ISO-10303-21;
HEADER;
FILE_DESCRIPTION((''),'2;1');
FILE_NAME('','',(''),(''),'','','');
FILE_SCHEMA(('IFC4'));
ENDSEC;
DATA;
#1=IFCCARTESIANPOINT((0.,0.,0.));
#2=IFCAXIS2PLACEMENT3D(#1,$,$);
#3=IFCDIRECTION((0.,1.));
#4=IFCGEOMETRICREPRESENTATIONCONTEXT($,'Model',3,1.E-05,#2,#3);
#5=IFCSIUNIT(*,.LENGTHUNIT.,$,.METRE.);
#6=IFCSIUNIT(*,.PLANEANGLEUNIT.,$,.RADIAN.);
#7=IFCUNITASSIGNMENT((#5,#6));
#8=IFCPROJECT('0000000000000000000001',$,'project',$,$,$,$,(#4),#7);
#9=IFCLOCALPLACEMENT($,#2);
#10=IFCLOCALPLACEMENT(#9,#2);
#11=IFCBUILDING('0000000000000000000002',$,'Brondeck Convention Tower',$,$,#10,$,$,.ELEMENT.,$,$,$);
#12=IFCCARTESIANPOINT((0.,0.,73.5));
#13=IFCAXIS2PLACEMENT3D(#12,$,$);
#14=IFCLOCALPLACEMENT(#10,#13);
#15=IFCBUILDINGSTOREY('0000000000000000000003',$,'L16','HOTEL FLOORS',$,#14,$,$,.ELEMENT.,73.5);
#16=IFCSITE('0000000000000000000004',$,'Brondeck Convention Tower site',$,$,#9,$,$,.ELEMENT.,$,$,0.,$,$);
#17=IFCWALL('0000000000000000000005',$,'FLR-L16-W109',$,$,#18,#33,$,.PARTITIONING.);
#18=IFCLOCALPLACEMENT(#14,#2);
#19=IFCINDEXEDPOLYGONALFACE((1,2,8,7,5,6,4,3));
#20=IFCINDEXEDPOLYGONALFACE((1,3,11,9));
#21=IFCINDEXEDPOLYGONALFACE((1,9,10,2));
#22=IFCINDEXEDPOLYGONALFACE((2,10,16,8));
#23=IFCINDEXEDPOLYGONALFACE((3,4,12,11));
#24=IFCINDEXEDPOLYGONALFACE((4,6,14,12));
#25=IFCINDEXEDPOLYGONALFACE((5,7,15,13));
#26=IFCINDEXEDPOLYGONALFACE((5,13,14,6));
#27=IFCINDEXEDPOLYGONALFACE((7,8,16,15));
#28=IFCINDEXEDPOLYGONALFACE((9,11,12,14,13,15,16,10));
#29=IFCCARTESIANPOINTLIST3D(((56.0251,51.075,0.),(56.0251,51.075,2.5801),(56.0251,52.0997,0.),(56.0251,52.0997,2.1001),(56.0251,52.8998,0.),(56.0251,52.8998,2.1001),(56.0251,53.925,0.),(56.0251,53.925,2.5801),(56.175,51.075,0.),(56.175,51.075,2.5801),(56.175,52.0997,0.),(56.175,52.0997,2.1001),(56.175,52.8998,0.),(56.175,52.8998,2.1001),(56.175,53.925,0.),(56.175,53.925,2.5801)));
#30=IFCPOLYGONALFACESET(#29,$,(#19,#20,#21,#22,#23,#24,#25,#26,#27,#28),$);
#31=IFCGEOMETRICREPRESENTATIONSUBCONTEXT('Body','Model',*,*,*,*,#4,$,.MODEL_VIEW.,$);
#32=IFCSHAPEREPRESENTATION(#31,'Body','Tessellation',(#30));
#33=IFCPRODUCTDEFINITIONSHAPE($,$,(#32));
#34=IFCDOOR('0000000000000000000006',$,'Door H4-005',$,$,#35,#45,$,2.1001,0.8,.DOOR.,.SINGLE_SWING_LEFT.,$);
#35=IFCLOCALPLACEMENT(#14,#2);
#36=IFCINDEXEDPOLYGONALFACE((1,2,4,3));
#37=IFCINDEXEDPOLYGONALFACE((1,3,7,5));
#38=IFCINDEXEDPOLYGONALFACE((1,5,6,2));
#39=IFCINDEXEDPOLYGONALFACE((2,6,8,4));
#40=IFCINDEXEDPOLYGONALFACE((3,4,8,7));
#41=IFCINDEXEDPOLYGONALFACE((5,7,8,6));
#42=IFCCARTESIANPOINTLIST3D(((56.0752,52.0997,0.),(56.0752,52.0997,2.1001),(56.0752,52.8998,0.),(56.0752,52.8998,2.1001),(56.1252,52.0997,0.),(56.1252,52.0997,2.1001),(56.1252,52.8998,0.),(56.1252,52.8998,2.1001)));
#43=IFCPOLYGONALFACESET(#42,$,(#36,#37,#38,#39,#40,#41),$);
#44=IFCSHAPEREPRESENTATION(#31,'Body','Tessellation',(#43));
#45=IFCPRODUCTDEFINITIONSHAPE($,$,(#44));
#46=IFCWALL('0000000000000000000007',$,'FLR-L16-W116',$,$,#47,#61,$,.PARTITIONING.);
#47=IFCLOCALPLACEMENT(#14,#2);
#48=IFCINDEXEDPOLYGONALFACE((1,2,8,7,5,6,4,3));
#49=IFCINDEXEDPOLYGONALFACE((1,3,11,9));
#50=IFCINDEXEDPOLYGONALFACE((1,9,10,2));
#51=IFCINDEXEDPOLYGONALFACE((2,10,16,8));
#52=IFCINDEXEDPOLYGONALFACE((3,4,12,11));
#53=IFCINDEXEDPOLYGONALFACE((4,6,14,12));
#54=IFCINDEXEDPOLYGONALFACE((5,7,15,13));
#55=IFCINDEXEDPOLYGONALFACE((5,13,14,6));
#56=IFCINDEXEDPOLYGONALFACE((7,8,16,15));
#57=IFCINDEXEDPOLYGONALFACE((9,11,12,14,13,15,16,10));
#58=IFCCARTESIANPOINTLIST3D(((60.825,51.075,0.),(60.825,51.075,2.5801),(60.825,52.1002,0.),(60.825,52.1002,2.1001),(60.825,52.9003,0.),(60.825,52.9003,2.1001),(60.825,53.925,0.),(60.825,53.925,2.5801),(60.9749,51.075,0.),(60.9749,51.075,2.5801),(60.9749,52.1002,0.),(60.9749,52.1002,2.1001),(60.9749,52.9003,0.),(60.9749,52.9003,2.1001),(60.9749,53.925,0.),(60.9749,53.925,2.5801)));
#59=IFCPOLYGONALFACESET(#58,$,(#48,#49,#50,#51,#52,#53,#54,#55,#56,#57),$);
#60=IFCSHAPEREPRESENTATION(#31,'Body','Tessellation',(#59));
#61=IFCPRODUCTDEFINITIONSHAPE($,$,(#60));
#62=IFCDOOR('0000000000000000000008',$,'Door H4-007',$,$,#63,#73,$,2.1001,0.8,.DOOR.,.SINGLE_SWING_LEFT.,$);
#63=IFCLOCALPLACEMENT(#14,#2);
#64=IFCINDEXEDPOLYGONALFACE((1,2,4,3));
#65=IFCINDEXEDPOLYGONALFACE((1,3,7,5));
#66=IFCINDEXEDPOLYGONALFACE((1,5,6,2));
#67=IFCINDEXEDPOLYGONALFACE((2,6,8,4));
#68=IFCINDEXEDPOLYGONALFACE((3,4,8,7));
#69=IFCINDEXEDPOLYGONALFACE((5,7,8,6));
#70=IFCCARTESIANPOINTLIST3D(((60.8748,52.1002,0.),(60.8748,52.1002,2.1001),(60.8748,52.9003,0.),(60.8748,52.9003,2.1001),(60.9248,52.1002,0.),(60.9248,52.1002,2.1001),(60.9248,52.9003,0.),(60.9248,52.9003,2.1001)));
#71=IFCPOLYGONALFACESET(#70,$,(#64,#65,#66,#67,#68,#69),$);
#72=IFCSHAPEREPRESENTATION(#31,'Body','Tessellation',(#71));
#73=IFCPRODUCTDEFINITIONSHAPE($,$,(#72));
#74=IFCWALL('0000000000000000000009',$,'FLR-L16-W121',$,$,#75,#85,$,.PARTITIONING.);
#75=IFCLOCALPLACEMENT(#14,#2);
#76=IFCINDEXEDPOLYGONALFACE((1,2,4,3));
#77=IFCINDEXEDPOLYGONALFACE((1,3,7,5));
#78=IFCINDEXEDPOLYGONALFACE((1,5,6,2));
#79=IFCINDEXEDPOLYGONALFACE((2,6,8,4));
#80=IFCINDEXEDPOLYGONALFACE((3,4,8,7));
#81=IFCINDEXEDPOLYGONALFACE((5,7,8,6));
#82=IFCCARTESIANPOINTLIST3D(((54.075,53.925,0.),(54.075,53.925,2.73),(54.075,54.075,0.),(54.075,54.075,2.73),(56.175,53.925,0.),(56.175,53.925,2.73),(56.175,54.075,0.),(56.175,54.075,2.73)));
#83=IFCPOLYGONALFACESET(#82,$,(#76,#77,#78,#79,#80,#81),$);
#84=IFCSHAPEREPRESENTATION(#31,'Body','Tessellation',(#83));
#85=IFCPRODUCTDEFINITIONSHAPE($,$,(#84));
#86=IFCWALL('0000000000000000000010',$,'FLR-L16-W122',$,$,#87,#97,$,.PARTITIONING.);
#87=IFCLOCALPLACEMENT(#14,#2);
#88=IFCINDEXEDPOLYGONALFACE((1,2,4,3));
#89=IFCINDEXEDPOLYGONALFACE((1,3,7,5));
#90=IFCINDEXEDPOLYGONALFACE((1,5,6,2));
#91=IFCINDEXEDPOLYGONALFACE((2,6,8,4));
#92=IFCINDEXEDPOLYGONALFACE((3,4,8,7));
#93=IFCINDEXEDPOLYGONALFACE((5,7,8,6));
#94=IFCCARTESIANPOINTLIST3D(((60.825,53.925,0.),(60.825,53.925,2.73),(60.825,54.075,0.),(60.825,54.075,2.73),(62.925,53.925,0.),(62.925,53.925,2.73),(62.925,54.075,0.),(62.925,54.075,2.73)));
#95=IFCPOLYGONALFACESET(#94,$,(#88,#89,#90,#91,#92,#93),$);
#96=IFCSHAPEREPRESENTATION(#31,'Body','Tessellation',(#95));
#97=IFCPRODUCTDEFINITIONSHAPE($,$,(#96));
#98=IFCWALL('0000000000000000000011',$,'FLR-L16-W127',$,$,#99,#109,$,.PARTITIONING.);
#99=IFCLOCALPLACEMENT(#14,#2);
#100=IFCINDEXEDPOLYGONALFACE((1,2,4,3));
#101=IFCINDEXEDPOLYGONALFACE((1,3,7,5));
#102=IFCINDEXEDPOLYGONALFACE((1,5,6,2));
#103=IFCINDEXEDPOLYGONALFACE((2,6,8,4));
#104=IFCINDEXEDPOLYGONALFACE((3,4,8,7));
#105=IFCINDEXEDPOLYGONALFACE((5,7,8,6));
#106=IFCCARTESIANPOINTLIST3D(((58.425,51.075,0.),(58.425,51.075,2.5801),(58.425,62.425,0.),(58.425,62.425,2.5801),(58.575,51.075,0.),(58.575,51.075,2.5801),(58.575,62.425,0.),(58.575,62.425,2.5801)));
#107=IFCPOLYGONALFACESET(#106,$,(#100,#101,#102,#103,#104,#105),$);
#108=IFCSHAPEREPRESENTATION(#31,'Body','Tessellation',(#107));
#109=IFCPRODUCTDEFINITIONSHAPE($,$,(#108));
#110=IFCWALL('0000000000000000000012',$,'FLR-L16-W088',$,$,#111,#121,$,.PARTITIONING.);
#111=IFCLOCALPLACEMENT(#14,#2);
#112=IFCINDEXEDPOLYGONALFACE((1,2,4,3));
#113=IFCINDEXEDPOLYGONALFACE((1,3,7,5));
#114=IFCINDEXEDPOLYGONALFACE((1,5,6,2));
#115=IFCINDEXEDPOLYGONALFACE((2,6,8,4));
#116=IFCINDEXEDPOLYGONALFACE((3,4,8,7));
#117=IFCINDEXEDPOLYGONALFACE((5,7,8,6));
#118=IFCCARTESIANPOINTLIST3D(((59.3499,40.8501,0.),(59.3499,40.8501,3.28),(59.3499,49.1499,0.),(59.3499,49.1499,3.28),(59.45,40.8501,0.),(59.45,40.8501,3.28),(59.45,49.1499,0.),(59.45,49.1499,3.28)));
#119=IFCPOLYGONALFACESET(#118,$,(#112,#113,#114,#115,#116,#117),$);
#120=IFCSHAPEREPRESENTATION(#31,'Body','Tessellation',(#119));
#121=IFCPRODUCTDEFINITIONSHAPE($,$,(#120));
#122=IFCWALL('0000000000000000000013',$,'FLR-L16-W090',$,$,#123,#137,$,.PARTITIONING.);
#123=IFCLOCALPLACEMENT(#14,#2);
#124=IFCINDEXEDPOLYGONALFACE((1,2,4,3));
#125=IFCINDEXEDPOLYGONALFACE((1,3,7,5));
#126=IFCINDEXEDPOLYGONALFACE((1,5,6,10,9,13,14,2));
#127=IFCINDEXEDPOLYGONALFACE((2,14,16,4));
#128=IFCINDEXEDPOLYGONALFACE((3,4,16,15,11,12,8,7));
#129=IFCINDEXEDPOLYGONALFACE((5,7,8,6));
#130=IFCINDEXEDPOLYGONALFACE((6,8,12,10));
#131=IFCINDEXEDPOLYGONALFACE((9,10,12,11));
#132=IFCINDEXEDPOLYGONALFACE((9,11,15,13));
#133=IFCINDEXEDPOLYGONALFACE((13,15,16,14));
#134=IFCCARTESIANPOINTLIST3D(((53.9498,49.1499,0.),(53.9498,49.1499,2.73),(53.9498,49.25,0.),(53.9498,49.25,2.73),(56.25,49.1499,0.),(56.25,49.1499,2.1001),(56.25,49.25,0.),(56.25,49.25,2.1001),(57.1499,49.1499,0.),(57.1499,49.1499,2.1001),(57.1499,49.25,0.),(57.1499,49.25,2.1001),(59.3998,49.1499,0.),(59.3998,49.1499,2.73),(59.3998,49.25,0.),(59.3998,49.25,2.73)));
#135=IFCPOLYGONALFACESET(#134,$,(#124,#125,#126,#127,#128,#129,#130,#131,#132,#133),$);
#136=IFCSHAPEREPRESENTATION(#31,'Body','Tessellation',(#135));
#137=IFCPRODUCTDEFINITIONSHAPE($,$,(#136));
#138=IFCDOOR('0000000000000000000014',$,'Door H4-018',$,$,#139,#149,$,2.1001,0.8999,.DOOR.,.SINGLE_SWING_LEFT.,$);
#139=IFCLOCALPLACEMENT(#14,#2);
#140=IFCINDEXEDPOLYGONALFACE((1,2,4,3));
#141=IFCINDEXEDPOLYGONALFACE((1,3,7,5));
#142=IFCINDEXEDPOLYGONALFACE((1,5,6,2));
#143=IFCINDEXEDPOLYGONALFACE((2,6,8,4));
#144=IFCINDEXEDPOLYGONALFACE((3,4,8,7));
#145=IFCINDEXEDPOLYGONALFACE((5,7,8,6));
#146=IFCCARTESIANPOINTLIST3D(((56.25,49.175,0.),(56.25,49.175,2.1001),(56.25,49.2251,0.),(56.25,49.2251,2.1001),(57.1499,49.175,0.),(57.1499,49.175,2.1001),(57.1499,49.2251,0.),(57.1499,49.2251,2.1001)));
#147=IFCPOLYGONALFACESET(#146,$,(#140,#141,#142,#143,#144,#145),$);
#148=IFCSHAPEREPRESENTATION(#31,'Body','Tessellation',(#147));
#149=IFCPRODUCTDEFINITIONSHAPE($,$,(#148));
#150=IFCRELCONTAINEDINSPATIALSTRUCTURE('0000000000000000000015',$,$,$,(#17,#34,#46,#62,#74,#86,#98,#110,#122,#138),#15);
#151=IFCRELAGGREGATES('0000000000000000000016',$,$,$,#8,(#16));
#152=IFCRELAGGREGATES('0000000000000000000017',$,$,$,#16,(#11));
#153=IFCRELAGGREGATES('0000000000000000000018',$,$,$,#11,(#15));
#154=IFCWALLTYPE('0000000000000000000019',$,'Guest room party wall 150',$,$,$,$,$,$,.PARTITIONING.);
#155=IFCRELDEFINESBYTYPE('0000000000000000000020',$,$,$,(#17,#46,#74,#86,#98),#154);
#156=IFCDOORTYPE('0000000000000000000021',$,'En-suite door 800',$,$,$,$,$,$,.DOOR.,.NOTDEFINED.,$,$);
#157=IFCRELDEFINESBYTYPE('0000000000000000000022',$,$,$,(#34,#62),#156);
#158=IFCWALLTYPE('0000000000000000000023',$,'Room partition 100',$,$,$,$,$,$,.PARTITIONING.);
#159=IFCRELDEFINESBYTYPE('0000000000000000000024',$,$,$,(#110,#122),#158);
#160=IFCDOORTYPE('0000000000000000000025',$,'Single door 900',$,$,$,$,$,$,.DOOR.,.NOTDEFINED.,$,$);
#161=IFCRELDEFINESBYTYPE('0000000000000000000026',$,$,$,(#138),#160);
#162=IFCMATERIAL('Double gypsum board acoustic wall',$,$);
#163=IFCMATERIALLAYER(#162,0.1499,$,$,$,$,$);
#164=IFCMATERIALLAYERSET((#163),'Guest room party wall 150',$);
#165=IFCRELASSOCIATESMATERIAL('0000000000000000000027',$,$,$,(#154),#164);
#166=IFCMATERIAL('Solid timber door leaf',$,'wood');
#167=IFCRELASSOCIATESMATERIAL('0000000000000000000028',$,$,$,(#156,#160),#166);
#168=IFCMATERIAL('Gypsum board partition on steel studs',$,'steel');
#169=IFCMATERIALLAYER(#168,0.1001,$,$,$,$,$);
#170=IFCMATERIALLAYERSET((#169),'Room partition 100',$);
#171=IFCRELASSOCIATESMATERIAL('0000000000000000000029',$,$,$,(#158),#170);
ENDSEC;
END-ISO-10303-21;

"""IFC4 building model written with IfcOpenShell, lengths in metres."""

from ifc_helpers import new_model, si_unit, direction, frame, frame_2d, origin, place, context, subcontext, project, spatial, rectangle, extrude, material, layer, layer_set, type_object, element, fill, save


model = new_model("IFC4")

# Units and contexts
model_context = context("Model", 3, precision=1e-05, world=origin(), true_north=direction((0.0, 1.0)))
body_context = subcontext(model_context, "Body", "Model", "MODEL_VIEW")
ifc_project = project(units=[si_unit("LENGTHUNIT", "METRE"), si_unit("PLANEANGLEUNIT", "RADIAN")], contexts=[model_context])

# Site, building, storey
site_placement = place(None, origin())
site = spatial("IfcSite", under=ifc_project, at=site_placement, Name="Brondeck Convention Tower site", CompositionType="ELEMENT", RefElevation=0.0)
building_placement = place(site_placement, origin())
building = spatial("IfcBuilding", under=site, at=building_placement, Name="Brondeck Convention Tower", CompositionType="ELEMENT")
storey_placement = place(building_placement, frame((0.0, 0.0, 73.5)))
storey = spatial("IfcBuildingStorey", under=building, at=storey_placement, Name="L16", Description="HOTEL FLOORS", CompositionType="ELEMENT", Elevation=73.5)

# Shared definitions
ifc_material_1 = material(Name="Double gypsum board acoustic wall")
ifc_layer_1 = layer(ifc_material_1, 0.1499)
ifc_layer_set_1 = layer_set([ifc_layer_1], Name="Guest room party wall 150")
wall_type_1 = type_object("IfcWallType", Name="Guest room party wall 150", PredefinedType="PARTITIONING", material=ifc_layer_set_1)

# Walls, openings, doors
wall_1_placement = place(storey_placement, frame((56.1001, 51.075, 0.0), z_axis=(0.0, 0.0, 1.0), x_axis=(0.0, 1.0, 0.0)))
wall_1 = element("IfcWall", 1, at=wall_1_placement, inside=storey, type_object=wall_type_1, Name="FLR-L16-W109", PredefinedType="PARTITIONING", context=body_context, shape_type="SweptSolid", body=[
    extrude(rectangle(XDim=2.8501, YDim=0.1499, at=frame_2d((1.425, 0.0))), origin(), (0.0, 0.0, 1.0), 2.5801),
])
opening_1_placement = place(wall_1_placement, frame((1.0249, 0.0, 0.0)))
opening_1 = element("IfcOpeningElement", 2, at=opening_1_placement, cuts=wall_1, PredefinedType="OPENING", context=body_context, shape_type="SweptSolid", body=[
    extrude(rectangle(XDim=0.8, YDim=2.1001, at=frame_2d((0.3999, 1.05))), frame((0.0, 0.085, 0.0), z_axis=(0.0, -1.0, 0.0), x_axis=(1.0, 0.0, 0.0)), (0.0, 0.0, 1.0), 0.1699),
])
ifc_material_2 = material(Name="Solid timber door leaf", Category="wood")
door_type_1 = type_object("IfcDoorType", Name="En-suite door 800", OperationType="NOTDEFINED", PredefinedType="DOOR", material=ifc_material_2)
door_1_placement = place(opening_1_placement, origin())
door_1 = element("IfcDoor", 3, at=door_1_placement, inside=storey, type_object=door_type_1, Name="Door H4-005", OperationType="SINGLE_SWING_LEFT", OverallHeight=2.1001, OverallWidth=0.8, PredefinedType="DOOR", context=body_context, shape_type="SweptSolid", body=[
    extrude(rectangle(XDim=0.8, YDim=2.1001, at=frame_2d((0.3999, 1.05))), frame((0.0, 0.0249, 0.0), z_axis=(0.0, -1.0, 0.0), x_axis=(1.0, 0.0, 0.0)), (0.0, 0.0, 1.0), 0.05),
])
fill(opening_1, door_1)
wall_2_placement = place(storey_placement, frame((60.8999, 53.925, 0.0), z_axis=(0.0, 0.0, 1.0), x_axis=(0.0, -1.0, 0.0)))
wall_2 = element("IfcWall", 4, at=wall_2_placement, inside=storey, type_object=wall_type_1, Name="FLR-L16-W116", PredefinedType="PARTITIONING", context=body_context, shape_type="SweptSolid", body=[
    extrude(rectangle(XDim=2.8501, YDim=0.1499, at=frame_2d((1.425, 0.0))), origin(), (0.0, 0.0, 1.0), 2.5801),
])
opening_2_placement = place(wall_2_placement, frame((1.0249, 0.0, 0.0)))
opening_2 = element("IfcOpeningElement", 5, at=opening_2_placement, cuts=wall_2, PredefinedType="OPENING", context=body_context, shape_type="SweptSolid", body=[
    extrude(rectangle(XDim=0.8, YDim=2.1001, at=frame_2d((0.3999, 1.05))), frame((0.0, 0.085, 0.0), z_axis=(0.0, -1.0, 0.0), x_axis=(1.0, 0.0, 0.0)), (0.0, 0.0, 1.0), 0.1699),
])
door_2_placement = place(opening_2_placement, origin())
door_2 = element("IfcDoor", 6, at=door_2_placement, inside=storey, type_object=door_type_1, Name="Door H4-007", OperationType="SINGLE_SWING_LEFT", OverallHeight=2.1001, OverallWidth=0.8, PredefinedType="DOOR", context=body_context, shape_type="SweptSolid", body=[
    extrude(rectangle(XDim=0.8, YDim=2.1001, at=frame_2d((0.3999, 1.05))), frame((0.0, 0.0249, 0.0), z_axis=(0.0, -1.0, 0.0), x_axis=(1.0, 0.0, 0.0)), (0.0, 0.0, 1.0), 0.05),
])
fill(opening_2, door_2)

# Walls
for number, where, z_axis, x_axis, name in (
    (7, (56.175, 54.0, 0.0), (0.0, 0.0, 1.0), (-1.0, 0.0, 0.0), "FLR-L16-W121"),
    (8, (62.925, 54.0, 0.0), (0.0, 0.0, 1.0), (-1.0, 0.0, 0.0), "FLR-L16-W122"),
):
    element("IfcWall", number, at=place(storey_placement, frame(where, z_axis=z_axis, x_axis=x_axis)), inside=storey, type_object=wall_type_1, Name=name, PredefinedType="PARTITIONING", context=body_context, shape_type="SweptSolid", body=[
        extrude(rectangle(XDim=2.1001, YDim=0.1499, at=frame_2d((1.05, 0.0))), origin(), (0.0, 0.0, 1.0), 2.73),
    ])
wall_3_placement = place(storey_placement, frame((58.5, 62.425, 0.0), z_axis=(0.0, 0.0, 1.0), x_axis=(0.0, -1.0, 0.0)))
element("IfcWall", 9, at=wall_3_placement, inside=storey, type_object=wall_type_1, Name="FLR-L16-W127", PredefinedType="PARTITIONING", context=body_context, shape_type="SweptSolid", body=[
    extrude(rectangle(XDim=11.3501, YDim=0.1499, at=frame_2d((5.675, 0.0))), origin(), (0.0, 0.0, 1.0), 2.5801),
])
ifc_material_3 = material(Name="Gypsum board partition on steel studs", Category="steel")
ifc_layer_2 = layer(ifc_material_3, 0.1001)
ifc_layer_set_2 = layer_set([ifc_layer_2], Name="Room partition 100")
wall_type_2 = type_object("IfcWallType", Name="Room partition 100", PredefinedType="PARTITIONING", material=ifc_layer_set_2)
wall_4_placement = place(storey_placement, frame((59.3999, 49.1499, 0.0), z_axis=(0.0, 0.0, 1.0), x_axis=(0.0, -1.0, 0.0)))
element("IfcWall", 10, at=wall_4_placement, inside=storey, type_object=wall_type_2, Name="FLR-L16-W088", PredefinedType="PARTITIONING", context=body_context, shape_type="SweptSolid", body=[
    extrude(rectangle(XDim=8.2998, YDim=0.1001, at=frame_2d((4.1499, 0.0))), origin(), (0.0, 0.0, 1.0), 3.28),
])

# Wall, opening, door
wall_5_placement = place(storey_placement, frame((59.3999, 49.2, 0.0), z_axis=(0.0, 0.0, 1.0), x_axis=(-1.0, 0.0, 0.0)))
wall_5 = element("IfcWall", 11, at=wall_5_placement, inside=storey, type_object=wall_type_2, Name="FLR-L16-W090", PredefinedType="PARTITIONING", context=body_context, shape_type="SweptSolid", body=[
    extrude(rectangle(XDim=5.45, YDim=0.1001, at=frame_2d((2.7251, 0.0))), origin(), (0.0, 0.0, 1.0), 2.73),
])
opening_3_placement = place(wall_5_placement, frame((2.25, 0.0, 0.0)))
opening_3 = element("IfcOpeningElement", 12, at=opening_3_placement, cuts=wall_5, PredefinedType="OPENING", context=body_context, shape_type="SweptSolid", body=[
    extrude(rectangle(XDim=0.8999, YDim=2.1001, at=frame_2d((0.45, 1.05))), frame((0.0, 0.0601, 0.0), z_axis=(0.0, -1.0, 0.0), x_axis=(1.0, 0.0, 0.0)), (0.0, 0.0, 1.0), 0.1201),
])
door_type_2 = type_object("IfcDoorType", Name="Single door 900", OperationType="NOTDEFINED", PredefinedType="DOOR", material=ifc_material_2)
door_3_placement = place(opening_3_placement, origin())
door_3 = element("IfcDoor", 13, at=door_3_placement, inside=storey, type_object=door_type_2, Name="Door H4-018", OperationType="SINGLE_SWING_LEFT", OverallHeight=2.1001, OverallWidth=0.8999, PredefinedType="DOOR", context=body_context, shape_type="SweptSolid", body=[
    extrude(rectangle(XDim=0.8999, YDim=2.1001, at=frame_2d((0.45, 1.05))), frame((0.0, 0.0249, 0.0), z_axis=(0.0, -1.0, 0.0), x_axis=(1.0, 0.0, 0.0)), (0.0, 0.0, 1.0), 0.05),
])
fill(opening_3, door_3)

save(model, "model.ifc")
